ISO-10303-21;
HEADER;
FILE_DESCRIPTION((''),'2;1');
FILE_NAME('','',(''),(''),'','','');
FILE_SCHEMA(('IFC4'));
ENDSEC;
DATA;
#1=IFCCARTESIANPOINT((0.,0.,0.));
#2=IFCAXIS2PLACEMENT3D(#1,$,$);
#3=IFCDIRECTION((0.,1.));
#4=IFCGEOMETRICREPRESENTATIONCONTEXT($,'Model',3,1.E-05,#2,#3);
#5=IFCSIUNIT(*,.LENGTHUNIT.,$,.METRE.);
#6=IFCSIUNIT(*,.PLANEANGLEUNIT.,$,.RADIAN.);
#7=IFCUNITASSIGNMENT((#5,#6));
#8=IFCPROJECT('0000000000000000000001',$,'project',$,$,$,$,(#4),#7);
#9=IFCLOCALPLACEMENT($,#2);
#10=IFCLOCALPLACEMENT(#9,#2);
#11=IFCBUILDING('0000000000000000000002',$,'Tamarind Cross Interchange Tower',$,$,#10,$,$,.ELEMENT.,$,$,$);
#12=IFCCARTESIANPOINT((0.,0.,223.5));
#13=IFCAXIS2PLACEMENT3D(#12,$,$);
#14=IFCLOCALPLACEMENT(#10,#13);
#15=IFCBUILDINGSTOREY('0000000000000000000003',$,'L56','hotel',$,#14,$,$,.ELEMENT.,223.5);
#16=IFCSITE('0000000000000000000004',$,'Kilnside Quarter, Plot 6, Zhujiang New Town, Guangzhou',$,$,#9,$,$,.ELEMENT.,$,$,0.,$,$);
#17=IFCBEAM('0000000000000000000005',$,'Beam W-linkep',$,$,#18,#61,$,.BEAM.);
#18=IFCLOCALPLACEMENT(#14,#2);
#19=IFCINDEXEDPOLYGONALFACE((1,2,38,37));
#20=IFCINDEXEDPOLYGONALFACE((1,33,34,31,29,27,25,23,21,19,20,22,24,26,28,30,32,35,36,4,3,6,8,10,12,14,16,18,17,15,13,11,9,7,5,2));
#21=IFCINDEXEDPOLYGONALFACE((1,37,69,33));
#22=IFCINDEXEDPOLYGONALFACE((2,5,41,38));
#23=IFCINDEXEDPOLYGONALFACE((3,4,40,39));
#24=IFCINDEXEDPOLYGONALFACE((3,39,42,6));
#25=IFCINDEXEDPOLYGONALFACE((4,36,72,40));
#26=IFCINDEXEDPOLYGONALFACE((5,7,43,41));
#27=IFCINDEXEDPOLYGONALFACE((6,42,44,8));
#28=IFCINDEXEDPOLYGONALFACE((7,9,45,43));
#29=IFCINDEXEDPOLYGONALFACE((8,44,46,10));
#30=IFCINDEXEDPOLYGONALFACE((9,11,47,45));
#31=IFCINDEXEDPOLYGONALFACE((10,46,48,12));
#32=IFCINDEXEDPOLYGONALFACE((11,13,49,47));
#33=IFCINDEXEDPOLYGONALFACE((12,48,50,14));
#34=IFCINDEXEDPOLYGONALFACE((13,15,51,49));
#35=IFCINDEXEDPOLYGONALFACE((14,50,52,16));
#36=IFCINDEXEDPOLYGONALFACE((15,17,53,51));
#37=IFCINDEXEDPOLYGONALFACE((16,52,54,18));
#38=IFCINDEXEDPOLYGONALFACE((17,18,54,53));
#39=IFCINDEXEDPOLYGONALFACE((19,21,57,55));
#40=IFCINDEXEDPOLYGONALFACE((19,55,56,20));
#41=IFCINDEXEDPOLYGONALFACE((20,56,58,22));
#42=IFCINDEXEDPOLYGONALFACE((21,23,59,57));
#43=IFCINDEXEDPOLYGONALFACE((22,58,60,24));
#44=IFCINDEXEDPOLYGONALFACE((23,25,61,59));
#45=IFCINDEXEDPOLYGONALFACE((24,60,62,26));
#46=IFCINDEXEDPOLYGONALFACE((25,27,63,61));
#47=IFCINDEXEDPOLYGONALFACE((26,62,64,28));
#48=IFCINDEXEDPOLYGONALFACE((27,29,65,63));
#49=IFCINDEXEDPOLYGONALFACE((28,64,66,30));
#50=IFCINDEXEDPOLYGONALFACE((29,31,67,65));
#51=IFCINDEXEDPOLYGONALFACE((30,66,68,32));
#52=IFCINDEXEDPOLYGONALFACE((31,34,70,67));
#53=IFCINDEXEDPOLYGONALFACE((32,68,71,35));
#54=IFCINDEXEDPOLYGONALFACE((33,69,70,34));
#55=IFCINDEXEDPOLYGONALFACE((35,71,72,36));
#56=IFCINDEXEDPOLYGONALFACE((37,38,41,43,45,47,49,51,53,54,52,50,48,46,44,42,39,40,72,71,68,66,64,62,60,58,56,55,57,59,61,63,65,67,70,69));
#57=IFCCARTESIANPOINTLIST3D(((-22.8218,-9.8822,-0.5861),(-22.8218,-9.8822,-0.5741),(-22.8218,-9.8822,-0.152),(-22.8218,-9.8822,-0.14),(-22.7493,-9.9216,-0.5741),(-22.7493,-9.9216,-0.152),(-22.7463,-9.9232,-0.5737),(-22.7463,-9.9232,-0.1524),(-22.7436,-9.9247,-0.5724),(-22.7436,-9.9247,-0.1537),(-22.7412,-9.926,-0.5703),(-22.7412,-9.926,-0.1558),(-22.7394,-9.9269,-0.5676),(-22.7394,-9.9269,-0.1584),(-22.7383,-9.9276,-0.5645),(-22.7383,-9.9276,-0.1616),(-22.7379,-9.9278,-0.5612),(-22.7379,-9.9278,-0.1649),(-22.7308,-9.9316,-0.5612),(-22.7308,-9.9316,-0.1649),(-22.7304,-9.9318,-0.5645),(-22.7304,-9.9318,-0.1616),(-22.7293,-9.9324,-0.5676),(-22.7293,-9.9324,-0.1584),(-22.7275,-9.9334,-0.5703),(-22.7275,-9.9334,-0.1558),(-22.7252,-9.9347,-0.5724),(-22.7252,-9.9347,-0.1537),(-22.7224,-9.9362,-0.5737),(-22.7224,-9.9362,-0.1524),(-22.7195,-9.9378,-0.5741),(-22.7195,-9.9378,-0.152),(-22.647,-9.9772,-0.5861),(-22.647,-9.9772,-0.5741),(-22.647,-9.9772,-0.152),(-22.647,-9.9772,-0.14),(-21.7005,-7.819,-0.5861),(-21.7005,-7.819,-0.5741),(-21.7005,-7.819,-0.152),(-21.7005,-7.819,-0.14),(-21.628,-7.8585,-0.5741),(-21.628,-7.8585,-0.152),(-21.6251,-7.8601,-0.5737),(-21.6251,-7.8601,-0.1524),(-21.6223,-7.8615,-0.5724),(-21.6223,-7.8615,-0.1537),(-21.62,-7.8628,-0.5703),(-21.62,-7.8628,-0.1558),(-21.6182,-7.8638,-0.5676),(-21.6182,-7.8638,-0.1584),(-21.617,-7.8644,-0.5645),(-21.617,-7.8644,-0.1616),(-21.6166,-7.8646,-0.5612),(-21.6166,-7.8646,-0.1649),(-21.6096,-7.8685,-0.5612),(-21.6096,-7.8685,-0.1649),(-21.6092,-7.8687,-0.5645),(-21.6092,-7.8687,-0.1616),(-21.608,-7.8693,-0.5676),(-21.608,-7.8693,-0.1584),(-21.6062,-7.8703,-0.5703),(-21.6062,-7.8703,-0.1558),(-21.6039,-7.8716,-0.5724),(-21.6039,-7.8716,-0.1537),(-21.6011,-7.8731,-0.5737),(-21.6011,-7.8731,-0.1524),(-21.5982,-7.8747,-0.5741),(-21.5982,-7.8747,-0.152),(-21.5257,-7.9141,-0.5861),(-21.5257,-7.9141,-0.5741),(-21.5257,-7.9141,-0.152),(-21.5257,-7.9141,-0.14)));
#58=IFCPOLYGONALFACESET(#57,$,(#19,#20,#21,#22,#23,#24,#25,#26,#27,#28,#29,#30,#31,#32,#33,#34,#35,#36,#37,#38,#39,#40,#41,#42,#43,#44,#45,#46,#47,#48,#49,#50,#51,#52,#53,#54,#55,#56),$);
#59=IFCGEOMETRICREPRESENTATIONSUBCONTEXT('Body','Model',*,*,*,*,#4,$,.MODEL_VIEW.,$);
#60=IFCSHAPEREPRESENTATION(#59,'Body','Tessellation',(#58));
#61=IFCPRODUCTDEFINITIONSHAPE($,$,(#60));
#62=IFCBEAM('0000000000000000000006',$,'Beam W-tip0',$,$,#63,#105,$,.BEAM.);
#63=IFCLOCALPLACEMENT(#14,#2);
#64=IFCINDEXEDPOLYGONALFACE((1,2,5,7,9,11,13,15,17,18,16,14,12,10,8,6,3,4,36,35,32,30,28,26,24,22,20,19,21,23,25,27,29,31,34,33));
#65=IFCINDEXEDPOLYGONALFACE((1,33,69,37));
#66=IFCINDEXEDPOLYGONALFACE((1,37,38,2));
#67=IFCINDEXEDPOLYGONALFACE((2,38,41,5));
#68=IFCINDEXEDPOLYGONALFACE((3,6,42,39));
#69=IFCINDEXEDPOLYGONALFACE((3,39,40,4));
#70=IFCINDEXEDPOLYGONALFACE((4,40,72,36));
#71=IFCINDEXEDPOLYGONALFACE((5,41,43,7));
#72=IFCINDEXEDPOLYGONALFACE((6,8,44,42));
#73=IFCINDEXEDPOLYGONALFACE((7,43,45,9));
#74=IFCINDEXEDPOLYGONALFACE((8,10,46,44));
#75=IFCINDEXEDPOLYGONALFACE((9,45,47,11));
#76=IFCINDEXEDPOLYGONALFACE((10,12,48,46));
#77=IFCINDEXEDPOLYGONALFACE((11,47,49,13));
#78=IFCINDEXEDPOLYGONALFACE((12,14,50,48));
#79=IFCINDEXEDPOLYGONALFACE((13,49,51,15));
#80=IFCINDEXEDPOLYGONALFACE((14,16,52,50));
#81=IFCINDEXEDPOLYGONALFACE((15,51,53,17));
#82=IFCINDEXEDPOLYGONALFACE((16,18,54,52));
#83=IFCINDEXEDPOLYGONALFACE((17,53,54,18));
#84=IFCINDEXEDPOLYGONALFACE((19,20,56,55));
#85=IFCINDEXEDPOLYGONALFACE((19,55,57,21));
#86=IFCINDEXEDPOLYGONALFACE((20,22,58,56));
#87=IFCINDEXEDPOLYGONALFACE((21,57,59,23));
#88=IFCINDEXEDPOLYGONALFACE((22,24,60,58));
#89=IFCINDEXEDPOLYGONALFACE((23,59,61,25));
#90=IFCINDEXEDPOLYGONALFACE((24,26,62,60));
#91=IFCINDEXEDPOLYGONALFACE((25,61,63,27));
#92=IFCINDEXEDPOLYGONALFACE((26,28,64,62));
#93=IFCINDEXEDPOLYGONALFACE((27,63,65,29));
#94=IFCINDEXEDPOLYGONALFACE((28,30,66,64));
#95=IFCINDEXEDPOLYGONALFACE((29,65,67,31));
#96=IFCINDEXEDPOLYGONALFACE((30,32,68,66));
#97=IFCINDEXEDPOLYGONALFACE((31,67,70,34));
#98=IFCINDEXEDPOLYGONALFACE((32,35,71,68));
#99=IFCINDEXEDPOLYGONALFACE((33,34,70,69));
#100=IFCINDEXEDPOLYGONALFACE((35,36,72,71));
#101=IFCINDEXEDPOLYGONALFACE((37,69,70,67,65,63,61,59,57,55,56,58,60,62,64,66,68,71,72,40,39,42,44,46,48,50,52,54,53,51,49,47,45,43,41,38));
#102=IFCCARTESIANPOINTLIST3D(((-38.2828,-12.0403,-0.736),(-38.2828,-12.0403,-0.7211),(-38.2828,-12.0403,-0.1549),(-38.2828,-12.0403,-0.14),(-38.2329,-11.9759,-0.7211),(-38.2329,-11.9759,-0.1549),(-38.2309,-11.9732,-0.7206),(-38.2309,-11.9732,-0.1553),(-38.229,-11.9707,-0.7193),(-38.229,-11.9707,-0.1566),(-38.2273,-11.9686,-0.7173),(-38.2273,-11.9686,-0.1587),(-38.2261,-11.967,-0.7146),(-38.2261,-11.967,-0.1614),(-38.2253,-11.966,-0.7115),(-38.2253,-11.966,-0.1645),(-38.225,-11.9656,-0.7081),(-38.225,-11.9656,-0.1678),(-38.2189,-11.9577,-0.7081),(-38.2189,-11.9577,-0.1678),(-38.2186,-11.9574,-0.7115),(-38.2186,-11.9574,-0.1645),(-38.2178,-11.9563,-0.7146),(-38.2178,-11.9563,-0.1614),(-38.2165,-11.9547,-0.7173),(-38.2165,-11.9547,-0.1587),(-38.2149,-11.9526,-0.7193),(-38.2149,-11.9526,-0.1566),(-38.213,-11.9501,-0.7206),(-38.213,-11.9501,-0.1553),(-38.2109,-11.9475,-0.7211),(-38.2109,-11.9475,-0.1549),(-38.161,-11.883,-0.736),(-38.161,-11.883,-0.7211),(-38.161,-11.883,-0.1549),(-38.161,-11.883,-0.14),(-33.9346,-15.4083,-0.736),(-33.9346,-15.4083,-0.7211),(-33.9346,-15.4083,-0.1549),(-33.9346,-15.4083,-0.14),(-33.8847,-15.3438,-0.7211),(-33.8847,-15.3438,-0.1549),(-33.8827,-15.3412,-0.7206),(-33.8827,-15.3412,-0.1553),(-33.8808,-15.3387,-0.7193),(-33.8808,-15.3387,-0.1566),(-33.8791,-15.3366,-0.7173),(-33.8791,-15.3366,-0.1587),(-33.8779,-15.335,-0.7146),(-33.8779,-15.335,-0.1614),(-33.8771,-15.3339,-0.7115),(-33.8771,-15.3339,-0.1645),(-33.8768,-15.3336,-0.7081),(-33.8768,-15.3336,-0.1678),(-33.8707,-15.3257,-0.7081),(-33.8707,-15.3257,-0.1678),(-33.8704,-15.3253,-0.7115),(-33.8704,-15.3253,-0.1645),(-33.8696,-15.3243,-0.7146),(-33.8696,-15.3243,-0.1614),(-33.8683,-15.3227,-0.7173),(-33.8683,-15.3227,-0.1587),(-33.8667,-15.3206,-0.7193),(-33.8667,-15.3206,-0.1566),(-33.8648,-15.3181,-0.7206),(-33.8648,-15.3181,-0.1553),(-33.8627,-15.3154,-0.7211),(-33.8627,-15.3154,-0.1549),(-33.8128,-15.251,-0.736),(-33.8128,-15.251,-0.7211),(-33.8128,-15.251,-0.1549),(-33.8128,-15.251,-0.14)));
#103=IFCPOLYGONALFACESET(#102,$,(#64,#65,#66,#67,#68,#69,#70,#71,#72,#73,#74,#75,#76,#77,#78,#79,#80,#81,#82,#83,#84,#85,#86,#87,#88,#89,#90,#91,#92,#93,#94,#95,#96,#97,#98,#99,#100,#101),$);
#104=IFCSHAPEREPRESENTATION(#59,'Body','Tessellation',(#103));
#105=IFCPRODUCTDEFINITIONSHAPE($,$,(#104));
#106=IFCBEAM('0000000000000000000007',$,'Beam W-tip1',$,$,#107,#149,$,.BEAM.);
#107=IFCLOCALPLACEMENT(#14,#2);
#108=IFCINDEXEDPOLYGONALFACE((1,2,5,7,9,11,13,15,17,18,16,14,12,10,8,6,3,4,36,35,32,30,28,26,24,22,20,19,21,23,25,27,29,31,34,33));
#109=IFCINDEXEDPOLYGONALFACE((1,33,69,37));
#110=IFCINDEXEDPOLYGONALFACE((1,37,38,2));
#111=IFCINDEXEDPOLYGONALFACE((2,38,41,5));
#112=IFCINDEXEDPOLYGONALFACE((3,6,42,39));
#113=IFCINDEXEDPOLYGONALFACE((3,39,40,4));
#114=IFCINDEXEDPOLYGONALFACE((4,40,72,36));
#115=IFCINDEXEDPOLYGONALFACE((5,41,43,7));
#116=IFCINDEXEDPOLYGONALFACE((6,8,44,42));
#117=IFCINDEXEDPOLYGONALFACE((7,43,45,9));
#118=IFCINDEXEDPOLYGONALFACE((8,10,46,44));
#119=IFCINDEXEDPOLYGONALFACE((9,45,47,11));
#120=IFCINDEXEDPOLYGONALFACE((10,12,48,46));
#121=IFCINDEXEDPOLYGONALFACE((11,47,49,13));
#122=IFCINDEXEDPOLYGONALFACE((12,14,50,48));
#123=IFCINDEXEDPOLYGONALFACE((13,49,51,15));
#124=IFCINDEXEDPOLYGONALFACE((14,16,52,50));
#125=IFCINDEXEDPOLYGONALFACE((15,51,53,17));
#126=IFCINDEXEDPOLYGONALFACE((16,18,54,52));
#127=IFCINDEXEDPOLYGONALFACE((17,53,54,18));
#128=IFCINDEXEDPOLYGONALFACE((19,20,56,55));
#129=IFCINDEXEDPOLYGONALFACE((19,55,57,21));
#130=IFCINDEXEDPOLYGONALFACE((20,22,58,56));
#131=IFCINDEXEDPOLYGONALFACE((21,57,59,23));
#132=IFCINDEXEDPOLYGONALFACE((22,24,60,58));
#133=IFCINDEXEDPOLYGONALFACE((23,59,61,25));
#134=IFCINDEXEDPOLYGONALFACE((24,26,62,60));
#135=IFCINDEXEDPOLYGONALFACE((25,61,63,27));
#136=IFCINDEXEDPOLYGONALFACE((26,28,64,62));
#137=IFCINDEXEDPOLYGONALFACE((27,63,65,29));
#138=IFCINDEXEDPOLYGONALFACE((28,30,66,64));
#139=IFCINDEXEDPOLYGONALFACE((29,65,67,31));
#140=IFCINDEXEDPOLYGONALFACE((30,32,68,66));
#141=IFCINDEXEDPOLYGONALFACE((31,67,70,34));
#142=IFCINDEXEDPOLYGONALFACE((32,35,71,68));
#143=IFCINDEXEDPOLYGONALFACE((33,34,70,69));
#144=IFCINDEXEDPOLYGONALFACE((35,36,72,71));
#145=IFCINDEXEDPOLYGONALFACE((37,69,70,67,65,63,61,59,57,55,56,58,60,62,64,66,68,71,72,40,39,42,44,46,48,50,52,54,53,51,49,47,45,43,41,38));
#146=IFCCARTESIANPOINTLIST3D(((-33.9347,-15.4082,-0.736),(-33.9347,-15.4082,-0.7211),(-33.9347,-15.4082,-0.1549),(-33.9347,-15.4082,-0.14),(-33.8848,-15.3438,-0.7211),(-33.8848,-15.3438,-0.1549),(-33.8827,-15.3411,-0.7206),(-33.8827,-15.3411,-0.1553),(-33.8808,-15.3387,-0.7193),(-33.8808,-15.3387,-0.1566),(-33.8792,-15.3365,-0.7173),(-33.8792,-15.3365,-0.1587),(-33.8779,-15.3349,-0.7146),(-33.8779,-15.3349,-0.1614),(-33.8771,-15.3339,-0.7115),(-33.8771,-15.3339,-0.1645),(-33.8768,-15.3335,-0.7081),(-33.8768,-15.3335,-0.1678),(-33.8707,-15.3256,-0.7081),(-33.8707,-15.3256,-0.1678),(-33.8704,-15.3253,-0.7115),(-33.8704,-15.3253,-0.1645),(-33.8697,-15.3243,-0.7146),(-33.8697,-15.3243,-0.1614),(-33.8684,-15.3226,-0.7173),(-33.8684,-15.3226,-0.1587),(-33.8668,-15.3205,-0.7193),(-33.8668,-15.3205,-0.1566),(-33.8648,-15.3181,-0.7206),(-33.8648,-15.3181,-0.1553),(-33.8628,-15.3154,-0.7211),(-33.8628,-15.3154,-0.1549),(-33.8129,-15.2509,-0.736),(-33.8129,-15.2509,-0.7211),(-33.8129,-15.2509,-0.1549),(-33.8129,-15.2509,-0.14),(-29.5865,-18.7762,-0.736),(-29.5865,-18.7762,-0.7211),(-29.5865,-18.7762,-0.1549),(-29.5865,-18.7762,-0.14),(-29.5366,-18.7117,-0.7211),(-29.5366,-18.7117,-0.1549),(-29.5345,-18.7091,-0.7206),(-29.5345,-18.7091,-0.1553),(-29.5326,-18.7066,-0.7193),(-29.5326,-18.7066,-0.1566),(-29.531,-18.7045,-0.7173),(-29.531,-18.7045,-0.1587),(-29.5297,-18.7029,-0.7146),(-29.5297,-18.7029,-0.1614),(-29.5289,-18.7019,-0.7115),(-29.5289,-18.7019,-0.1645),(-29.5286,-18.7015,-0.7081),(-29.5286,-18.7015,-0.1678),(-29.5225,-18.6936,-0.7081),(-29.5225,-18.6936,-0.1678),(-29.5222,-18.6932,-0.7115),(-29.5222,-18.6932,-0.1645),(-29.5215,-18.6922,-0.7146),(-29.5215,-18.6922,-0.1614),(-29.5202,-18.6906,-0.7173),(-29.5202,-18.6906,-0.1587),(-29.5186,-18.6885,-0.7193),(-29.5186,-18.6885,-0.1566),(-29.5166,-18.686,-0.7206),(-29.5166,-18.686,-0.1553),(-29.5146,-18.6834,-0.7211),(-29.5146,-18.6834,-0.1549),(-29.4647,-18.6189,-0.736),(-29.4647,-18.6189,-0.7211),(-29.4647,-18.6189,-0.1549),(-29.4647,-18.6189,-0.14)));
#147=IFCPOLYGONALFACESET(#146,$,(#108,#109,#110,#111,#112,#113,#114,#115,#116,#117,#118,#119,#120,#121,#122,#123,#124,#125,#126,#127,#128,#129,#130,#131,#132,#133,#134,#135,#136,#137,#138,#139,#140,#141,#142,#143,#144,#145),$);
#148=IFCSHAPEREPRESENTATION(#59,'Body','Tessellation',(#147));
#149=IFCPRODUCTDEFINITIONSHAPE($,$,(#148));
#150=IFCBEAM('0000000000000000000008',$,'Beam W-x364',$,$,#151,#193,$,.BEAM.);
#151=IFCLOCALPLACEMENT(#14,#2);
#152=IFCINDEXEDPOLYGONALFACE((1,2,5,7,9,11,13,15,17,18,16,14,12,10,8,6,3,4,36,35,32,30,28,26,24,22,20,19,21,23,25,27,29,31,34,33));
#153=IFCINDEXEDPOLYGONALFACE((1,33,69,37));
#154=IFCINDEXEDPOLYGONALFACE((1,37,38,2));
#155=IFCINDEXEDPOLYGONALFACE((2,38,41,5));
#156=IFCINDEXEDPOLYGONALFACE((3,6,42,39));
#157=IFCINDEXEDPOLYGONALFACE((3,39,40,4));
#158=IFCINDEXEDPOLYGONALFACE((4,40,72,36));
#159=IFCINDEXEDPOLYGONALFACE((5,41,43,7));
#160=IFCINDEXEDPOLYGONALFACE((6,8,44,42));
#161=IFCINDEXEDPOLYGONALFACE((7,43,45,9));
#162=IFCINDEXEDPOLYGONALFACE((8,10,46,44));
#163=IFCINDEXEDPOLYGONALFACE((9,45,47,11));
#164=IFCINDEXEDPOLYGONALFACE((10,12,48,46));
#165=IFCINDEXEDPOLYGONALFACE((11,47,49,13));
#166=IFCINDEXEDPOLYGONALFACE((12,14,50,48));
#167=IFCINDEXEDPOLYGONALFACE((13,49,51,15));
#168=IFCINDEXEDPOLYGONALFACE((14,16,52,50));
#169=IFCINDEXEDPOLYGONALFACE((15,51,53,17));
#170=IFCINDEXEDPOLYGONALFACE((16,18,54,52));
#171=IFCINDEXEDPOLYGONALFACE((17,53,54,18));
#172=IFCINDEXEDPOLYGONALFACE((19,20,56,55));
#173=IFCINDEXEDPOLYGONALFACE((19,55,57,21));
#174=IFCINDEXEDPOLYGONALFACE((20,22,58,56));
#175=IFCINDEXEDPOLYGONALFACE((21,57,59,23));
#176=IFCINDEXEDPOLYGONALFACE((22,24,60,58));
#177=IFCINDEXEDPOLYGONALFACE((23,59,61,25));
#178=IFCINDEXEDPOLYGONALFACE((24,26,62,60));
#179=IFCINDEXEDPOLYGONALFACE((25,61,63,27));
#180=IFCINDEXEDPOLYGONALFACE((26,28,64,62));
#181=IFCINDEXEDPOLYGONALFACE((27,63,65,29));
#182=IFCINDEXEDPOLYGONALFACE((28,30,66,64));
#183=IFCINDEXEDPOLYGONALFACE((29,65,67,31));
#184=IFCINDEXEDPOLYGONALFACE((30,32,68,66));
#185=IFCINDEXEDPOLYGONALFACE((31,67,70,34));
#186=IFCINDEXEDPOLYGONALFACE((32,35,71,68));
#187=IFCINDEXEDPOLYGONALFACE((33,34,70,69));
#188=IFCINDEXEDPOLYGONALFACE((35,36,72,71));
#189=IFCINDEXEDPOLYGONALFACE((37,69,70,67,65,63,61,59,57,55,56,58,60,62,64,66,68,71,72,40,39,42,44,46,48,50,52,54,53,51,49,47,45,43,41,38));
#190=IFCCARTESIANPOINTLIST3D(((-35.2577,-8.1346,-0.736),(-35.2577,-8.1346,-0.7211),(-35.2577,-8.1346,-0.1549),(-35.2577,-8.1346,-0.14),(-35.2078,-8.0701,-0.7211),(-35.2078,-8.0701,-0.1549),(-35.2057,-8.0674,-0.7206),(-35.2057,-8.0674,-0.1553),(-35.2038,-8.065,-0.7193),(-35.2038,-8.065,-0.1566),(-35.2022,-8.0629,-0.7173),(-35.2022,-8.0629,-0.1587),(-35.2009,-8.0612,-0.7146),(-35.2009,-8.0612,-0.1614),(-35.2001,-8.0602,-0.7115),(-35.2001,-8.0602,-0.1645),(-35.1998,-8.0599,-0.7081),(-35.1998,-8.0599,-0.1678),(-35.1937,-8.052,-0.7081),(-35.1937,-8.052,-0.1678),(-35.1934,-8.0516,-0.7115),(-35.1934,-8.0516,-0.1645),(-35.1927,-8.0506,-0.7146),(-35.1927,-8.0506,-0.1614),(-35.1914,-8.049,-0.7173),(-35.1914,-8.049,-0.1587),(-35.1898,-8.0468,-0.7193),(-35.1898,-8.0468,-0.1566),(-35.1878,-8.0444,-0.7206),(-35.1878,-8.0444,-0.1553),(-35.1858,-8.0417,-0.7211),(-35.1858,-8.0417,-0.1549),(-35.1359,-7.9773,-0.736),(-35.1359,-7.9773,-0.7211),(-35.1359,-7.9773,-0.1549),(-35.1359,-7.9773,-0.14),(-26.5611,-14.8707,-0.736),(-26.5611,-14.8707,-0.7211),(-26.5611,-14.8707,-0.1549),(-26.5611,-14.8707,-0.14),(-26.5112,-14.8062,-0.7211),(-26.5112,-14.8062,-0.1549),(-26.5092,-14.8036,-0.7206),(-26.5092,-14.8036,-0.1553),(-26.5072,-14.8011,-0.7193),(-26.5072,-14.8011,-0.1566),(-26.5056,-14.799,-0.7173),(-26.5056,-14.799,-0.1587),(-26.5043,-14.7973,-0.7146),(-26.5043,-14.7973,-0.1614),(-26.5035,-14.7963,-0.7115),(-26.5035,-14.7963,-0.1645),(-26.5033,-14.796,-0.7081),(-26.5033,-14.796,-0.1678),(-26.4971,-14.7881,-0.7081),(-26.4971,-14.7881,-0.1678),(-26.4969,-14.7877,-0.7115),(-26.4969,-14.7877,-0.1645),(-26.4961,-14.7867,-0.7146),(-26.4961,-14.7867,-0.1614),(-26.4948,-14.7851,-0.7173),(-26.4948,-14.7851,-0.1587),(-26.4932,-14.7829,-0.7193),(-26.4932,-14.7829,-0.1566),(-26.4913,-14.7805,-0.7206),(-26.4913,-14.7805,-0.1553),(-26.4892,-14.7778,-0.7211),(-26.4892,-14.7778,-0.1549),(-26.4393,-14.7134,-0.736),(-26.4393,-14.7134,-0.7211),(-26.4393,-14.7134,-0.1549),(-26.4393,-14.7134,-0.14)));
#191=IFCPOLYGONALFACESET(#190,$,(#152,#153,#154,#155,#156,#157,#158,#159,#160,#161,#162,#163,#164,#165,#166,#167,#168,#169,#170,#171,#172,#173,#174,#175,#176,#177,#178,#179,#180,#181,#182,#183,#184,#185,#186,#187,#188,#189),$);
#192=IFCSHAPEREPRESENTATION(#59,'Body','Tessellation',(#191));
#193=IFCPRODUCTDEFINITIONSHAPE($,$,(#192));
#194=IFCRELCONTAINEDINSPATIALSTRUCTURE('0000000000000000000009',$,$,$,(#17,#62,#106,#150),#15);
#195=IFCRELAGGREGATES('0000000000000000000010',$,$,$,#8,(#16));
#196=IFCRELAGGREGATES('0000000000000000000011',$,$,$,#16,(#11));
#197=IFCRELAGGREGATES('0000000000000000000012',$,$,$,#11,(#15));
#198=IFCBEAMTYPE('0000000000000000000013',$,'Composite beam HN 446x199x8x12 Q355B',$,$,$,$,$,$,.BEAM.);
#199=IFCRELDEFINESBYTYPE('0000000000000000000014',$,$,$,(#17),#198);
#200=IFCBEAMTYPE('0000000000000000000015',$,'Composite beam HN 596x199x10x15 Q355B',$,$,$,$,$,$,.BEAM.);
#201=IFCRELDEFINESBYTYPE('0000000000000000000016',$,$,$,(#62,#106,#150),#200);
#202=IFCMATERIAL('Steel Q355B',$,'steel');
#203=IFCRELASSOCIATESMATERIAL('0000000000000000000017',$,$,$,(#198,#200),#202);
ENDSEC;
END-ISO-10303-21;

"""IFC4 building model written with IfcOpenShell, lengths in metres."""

from ifc_helpers import new_model, si_unit, direction, frame, origin, origin_2d, place, context, subcontext, project, spatial, i_section, extrude, material, material_profile, profile_set, type_object, element, save


model = new_model("IFC4")

# Units and contexts
model_context = context("Model", 3, precision=1e-05, world=origin(), true_north=direction((0.0, 1.0)))
body_context = subcontext(model_context, "Body", "Model", "MODEL_VIEW")
ifc_project = project(units=[si_unit("LENGTHUNIT", "METRE"), si_unit("PLANEANGLEUNIT", "RADIAN")], contexts=[model_context])

# Site, building, storey
site_placement = place(None, origin())
site = spatial("IfcSite", under=ifc_project, at=site_placement, Name="Kilnside Quarter, Plot 6, Zhujiang New Town, Guangzhou", CompositionType="ELEMENT", RefElevation=0.0)
building_placement = place(site_placement, origin())
building = spatial("IfcBuilding", under=site, at=building_placement, Name="Tamarind Cross Interchange Tower", CompositionType="ELEMENT")
storey_placement = place(building_placement, frame((0.0, 0.0, 223.5)))
storey = spatial("IfcBuildingStorey", under=building, at=storey_placement, Name="L56", Description="hotel", CompositionType="ELEMENT", Elevation=223.5)

# Beams
ifc_material_1 = material(Name="Steel Q355B", Category="steel")
ifc_material_profile_1 = material_profile(ifc_material_1, i_section(OverallWidth=0.199, OverallDepth=0.446, WebThickness=0.0081, FlangeThickness=0.012, FilletRadius=0.0129, at=origin_2d()), Name="HN 446x199x8x12")
ifc_profile_set_1 = profile_set([ifc_material_profile_1], Name="Steel Q355B")
beam_type_1 = type_object("IfcBeamType", Name="Composite beam HN 446x199x8x12 Q355B", PredefinedType="BEAM", material=ifc_profile_set_1)
beam_1_placement = place(storey_placement, frame((-22.7344, -9.9297, -0.363), z_axis=(0.477519, 0.878622, 0.0), x_axis=(-0.878622, 0.477519, 0.0)))
element("IfcBeam", 1, at=beam_1_placement, inside=storey, type_object=beam_type_1, Name="Beam W-linkep", PredefinedType="BEAM", context=body_context, shape_type="SweptSolid", body=[
    extrude(i_section(OverallWidth=0.199, OverallDepth=0.446, WebThickness=0.0081, FlangeThickness=0.012, FilletRadius=0.0129, at=origin_2d()), origin(), (0.0, 0.0, 1.0), 2.3481),
])
ifc_material_profile_2 = material_profile(ifc_material_1, i_section(OverallWidth=0.199, OverallDepth=0.5959, WebThickness=0.01, FlangeThickness=0.0149, FilletRadius=0.0129, at=origin_2d()), Name="HN 596x199x10x15")
ifc_profile_set_2 = profile_set([ifc_material_profile_2], Name="Steel Q355B")
beam_type_2 = type_object("IfcBeamType", Name="Composite beam HN 596x199x10x15 Q355B", PredefinedType="BEAM", material=ifc_profile_set_2)
for number, where, z_axis, x_axis, name in (
    (2, (-38.2219, -11.9617, -0.438), (0.790582, -0.612357, 0.0), (0.612357, 0.790582, 0.0), "Beam W-tip0"),
    (3, (-33.8738, -15.3296, -0.438), (0.790582, -0.612357, 0.0), (0.612357, 0.790582, 0.0), "Beam W-tip1"),
):
    element("IfcBeam", number, at=place(storey_placement, frame(where, z_axis=z_axis, x_axis=x_axis)), inside=storey, type_object=beam_type_2, Name=name, PredefinedType="BEAM", context=body_context, shape_type="SweptSolid", body=[
        extrude(i_section(OverallWidth=0.199, OverallDepth=0.5959, WebThickness=0.01, FlangeThickness=0.0149, FilletRadius=0.0129, at=origin_2d()), origin(), (0.0, 0.0, 1.0), 5.5),
    ])
beam_2_placement = place(storey_placement, frame((-35.1968, -8.0559, -0.438), z_axis=(0.790579, -0.61236, 0.0), x_axis=(0.61236, 0.790579, 0.0)))
element("IfcBeam", 4, at=beam_2_placement, inside=storey, type_object=beam_type_2, Name="Beam W-x364", PredefinedType="BEAM", context=body_context, shape_type="SweptSolid", body=[
    extrude(i_section(OverallWidth=0.199, OverallDepth=0.5959, WebThickness=0.01, FlangeThickness=0.0149, FilletRadius=0.0129, at=origin_2d()), origin(), (0.0, 0.0, 1.0), 11.0002),
])

save(model, "model.ifc")
